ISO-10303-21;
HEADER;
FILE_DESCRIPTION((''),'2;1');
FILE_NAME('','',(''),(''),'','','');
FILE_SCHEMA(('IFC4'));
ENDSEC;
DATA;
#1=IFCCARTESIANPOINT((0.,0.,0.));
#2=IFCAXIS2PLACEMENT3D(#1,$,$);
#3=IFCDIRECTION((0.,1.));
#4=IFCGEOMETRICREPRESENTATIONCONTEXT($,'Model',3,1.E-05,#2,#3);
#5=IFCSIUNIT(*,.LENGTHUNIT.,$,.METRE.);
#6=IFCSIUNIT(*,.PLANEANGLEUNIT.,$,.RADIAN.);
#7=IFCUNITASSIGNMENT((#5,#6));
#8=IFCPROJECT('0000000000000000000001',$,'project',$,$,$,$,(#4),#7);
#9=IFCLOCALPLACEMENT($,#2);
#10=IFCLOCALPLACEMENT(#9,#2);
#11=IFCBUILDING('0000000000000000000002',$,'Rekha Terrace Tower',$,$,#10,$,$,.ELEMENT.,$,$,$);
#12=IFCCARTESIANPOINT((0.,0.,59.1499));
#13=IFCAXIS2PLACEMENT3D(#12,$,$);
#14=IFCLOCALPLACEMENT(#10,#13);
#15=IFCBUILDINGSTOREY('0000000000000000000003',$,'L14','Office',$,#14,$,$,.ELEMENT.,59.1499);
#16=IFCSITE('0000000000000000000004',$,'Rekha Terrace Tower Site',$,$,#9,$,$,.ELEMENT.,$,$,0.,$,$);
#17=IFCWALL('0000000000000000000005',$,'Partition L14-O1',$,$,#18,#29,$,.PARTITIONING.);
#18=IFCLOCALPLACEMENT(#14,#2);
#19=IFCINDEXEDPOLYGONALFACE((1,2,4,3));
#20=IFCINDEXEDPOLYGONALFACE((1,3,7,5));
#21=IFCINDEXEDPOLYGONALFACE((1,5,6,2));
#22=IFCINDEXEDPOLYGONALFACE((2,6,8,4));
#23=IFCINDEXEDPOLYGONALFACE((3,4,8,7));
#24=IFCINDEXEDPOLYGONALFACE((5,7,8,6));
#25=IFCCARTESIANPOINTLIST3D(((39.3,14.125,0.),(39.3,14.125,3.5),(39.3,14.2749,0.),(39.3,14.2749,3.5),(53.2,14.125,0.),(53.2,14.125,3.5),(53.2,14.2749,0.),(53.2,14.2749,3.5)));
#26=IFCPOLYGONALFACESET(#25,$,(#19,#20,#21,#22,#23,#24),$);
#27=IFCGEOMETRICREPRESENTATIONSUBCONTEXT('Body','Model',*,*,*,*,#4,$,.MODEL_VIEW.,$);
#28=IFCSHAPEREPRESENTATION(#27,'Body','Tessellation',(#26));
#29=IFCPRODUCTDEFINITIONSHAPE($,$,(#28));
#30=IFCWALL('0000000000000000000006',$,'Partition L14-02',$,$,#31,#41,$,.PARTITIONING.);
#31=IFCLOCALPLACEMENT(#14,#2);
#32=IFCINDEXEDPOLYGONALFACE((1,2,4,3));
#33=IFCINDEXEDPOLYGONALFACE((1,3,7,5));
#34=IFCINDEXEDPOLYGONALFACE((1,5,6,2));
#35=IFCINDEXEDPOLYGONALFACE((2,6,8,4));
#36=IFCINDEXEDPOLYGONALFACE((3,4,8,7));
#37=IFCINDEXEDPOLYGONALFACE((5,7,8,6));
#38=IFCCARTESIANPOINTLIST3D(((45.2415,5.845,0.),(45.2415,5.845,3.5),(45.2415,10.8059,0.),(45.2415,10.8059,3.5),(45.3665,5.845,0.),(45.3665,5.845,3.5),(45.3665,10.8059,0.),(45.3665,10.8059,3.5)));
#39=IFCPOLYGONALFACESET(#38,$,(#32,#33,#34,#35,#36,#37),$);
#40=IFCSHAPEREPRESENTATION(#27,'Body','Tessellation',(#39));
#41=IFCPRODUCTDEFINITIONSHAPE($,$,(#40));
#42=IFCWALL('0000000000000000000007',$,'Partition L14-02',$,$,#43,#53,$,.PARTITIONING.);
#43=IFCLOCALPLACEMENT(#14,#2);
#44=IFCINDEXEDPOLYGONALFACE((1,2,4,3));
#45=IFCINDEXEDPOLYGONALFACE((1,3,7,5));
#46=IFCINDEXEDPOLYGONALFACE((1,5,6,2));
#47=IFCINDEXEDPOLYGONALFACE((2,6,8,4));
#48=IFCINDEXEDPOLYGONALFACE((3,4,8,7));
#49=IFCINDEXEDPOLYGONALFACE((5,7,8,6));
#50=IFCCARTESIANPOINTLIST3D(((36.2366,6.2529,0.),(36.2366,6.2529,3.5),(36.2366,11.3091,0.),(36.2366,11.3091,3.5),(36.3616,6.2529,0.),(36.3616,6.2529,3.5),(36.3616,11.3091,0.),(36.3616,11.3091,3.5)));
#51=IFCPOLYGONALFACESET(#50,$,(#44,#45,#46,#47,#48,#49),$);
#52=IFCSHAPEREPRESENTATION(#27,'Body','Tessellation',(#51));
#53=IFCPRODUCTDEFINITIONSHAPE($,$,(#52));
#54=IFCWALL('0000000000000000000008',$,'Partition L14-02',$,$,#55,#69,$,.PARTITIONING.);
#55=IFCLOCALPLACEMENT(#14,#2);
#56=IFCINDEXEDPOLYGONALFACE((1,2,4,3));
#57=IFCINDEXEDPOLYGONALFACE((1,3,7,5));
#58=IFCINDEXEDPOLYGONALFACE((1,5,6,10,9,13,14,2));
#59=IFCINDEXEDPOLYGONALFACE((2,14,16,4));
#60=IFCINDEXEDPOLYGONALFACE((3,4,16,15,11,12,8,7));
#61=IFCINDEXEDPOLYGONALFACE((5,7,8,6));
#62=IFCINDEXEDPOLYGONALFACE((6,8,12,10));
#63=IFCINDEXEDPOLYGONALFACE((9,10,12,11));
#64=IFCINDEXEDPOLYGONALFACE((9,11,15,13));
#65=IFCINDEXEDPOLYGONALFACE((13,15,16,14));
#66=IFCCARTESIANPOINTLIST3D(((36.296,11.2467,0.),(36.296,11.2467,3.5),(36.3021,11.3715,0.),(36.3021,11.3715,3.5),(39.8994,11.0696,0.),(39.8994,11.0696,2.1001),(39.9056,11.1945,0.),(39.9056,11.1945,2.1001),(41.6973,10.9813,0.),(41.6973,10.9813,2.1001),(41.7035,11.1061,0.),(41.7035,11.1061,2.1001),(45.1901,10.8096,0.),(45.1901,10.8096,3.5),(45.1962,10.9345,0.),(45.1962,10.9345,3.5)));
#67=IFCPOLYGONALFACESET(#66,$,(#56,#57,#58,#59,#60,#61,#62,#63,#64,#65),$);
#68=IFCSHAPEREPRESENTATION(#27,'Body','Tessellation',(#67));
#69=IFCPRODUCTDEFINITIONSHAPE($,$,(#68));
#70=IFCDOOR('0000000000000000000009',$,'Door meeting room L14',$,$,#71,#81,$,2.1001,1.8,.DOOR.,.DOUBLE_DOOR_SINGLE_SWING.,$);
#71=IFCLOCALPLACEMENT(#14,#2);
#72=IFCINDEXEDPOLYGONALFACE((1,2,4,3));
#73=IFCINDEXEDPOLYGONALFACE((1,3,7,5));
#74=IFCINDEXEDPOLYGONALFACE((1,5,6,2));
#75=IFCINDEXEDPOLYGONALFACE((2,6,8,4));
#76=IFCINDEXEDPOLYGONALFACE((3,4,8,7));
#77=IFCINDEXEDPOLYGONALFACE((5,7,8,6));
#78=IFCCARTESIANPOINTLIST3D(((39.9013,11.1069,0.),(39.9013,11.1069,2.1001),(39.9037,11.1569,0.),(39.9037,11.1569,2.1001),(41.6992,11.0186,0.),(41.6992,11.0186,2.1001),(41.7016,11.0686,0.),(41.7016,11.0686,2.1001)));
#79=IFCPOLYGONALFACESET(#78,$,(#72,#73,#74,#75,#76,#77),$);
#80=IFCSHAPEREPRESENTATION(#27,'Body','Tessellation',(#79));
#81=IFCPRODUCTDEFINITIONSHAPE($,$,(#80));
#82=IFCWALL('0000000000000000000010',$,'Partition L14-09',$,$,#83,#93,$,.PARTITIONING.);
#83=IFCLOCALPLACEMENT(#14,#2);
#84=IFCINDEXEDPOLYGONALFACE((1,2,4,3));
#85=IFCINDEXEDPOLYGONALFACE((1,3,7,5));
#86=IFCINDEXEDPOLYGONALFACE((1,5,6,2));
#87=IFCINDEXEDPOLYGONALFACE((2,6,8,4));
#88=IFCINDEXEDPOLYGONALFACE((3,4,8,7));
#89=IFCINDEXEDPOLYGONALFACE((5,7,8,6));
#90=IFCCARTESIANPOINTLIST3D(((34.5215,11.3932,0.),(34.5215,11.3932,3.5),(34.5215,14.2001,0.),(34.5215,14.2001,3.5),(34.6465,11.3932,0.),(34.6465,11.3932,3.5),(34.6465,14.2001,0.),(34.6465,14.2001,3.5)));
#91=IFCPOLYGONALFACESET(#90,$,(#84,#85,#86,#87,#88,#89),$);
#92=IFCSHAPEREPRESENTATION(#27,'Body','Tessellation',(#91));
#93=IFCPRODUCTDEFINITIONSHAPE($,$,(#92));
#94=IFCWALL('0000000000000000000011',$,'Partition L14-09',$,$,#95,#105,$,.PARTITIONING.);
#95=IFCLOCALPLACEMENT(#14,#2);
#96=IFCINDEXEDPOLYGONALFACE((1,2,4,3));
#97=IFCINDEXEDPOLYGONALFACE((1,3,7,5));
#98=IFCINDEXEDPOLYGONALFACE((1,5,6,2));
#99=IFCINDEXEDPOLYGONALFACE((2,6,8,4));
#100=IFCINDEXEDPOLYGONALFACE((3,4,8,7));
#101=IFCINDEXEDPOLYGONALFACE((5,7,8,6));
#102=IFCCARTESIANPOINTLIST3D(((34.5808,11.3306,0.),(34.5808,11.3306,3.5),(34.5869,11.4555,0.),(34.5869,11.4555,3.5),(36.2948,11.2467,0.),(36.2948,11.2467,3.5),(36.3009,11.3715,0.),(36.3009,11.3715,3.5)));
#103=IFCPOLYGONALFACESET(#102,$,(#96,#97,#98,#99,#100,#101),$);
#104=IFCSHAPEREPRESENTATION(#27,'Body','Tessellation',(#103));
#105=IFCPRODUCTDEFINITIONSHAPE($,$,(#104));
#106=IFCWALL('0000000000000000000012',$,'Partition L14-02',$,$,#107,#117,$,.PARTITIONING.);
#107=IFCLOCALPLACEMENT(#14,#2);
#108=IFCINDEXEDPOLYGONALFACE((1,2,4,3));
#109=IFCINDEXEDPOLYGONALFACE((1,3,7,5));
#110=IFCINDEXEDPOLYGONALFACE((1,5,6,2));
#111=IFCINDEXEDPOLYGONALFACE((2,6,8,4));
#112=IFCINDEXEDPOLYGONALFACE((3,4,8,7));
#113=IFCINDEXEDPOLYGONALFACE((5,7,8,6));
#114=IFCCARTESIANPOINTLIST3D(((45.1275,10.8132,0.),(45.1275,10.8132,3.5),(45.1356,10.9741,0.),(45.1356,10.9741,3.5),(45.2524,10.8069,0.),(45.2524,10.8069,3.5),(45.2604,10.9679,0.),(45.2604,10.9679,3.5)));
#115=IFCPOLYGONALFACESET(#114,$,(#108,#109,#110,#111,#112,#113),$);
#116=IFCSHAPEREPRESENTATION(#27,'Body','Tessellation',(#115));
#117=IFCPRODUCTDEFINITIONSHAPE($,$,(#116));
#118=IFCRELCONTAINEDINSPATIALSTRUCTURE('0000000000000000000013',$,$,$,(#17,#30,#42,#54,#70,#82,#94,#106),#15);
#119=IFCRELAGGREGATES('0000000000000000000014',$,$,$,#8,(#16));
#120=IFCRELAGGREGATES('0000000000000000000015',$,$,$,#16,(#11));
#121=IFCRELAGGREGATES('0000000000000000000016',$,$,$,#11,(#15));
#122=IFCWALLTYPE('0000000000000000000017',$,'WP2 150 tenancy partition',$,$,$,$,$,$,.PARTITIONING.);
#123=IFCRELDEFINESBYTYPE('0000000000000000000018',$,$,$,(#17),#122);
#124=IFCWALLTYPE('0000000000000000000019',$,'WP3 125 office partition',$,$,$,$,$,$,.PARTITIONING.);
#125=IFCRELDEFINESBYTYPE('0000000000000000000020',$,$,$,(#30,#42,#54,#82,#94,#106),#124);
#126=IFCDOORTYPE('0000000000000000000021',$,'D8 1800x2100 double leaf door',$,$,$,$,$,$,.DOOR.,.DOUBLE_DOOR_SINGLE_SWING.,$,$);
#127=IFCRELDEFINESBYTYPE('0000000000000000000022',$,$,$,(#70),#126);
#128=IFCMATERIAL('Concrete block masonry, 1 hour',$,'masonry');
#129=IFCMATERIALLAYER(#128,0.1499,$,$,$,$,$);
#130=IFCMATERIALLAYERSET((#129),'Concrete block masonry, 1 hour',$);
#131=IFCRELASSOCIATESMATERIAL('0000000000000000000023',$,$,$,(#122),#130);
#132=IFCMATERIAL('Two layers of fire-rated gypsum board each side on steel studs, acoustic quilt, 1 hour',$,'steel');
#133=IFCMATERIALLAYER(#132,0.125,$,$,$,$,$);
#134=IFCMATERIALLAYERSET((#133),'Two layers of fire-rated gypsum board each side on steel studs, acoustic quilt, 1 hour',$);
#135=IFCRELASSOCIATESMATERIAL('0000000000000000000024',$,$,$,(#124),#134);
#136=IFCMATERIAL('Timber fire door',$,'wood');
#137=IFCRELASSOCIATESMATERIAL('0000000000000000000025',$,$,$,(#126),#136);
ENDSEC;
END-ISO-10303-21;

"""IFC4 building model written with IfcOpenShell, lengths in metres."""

from ifc_helpers import new_model, si_unit, direction, frame, frame_2d, origin, place, context, subcontext, project, spatial, rectangle, extrude, material, layer, layer_set, type_object, element, fill, save


model = new_model("IFC4")

# Units and contexts
model_context = context("Model", 3, precision=1e-05, world=origin(), true_north=direction((0.0, 1.0)))
body_context = subcontext(model_context, "Body", "Model", "MODEL_VIEW")
ifc_project = project(units=[si_unit("LENGTHUNIT", "METRE"), si_unit("PLANEANGLEUNIT", "RADIAN")], contexts=[model_context])

# Site, building, storey
site_placement = place(None, origin())
site = spatial("IfcSite", under=ifc_project, at=site_placement, Name="Rekha Terrace Tower Site", CompositionType="ELEMENT", RefElevation=0.0)
building_placement = place(site_placement, origin())
building = spatial("IfcBuilding", under=site, at=building_placement, Name="Rekha Terrace Tower", CompositionType="ELEMENT")
storey_placement = place(building_placement, frame((0.0, 0.0, 59.1499)))
storey = spatial("IfcBuildingStorey", under=building, at=storey_placement, Name="L14", Description="Office", CompositionType="ELEMENT", Elevation=59.1499)

# Shared definitions
ifc_material_1 = material(Name="Concrete block masonry, 1 hour", Category="masonry")
ifc_layer_1 = layer(ifc_material_1, 0.1499)
ifc_layer_set_1 = layer_set([ifc_layer_1], Name="Concrete block masonry, 1 hour")
wall_type_1 = type_object("IfcWallType", Name="WP2 150 tenancy partition", PredefinedType="PARTITIONING", material=ifc_layer_set_1)

# Walls
wall_1_placement = place(storey_placement, frame((39.3, 14.2, 0.0), z_axis=(0.0, 0.0, 1.0), x_axis=(1.0, 0.0, 0.0)))
element("IfcWall", 1, at=wall_1_placement, inside=storey, type_object=wall_type_1, Name="Partition L14-O1", PredefinedType="PARTITIONING", context=body_context, shape_type="SweptSolid", body=[
    extrude(rectangle(XDim=13.8999, YDim=0.1499, at=frame_2d((6.95, 0.0))), origin(), (0.0, 0.0, 1.0), 3.5),
])
ifc_material_2 = material(Name="Two layers of fire-rated gypsum board each side on steel studs, acoustic quilt, 1 hour", Category="steel")
ifc_layer_2 = layer(ifc_material_2, 0.125)
ifc_layer_set_2 = layer_set([ifc_layer_2], Name="Two layers of fire-rated gypsum board each side on steel studs, acoustic quilt, 1 hour")
wall_type_2 = type_object("IfcWallType", Name="WP3 125 office partition", PredefinedType="PARTITIONING", material=ifc_layer_set_2)
wall_2_placement = place(storey_placement, frame((45.304, 10.8059, 0.0), z_axis=(0.0, 0.0, 1.0), x_axis=(0.0, -1.0, 0.0)))
element("IfcWall", 2, at=wall_2_placement, inside=storey, type_object=wall_type_2, Name="Partition L14-02", PredefinedType="PARTITIONING", context=body_context, shape_type="SweptSolid", body=[
    extrude(rectangle(XDim=4.9609, YDim=0.125, at=frame_2d((2.4805, 0.0))), origin(), (0.0, 0.0, 1.0), 3.5),
])
wall_3_placement = place(storey_placement, frame((36.2991, 6.2529, 0.0), z_axis=(0.0, 0.0, 1.0), x_axis=(0.0, 1.0, 0.0)))
element("IfcWall", 3, at=wall_3_placement, inside=storey, type_object=wall_type_2, Name="Partition L14-02", PredefinedType="PARTITIONING", context=body_context, shape_type="SweptSolid", body=[
    extrude(rectangle(XDim=5.0562, YDim=0.125, at=frame_2d((2.5281, 0.0))), origin(), (0.0, 0.0, 1.0), 3.5),
])

# Wall, opening, door
wall_4_placement = place(storey_placement, frame((36.2991, 11.3091, 0.0), z_axis=(0.0, 0.0, 1.0), x_axis=(0.998795, -0.049076, 0.0)))
wall_4 = element("IfcWall", 4, at=wall_4_placement, inside=storey, type_object=wall_type_2, Name="Partition L14-02", PredefinedType="PARTITIONING", context=body_context, shape_type="SweptSolid", body=[
    extrude(rectangle(XDim=8.9048, YDim=0.125, at=frame_2d((4.4524, 0.0))), origin(), (0.0, 0.0, 1.0), 3.5),
])
opening_1_placement = place(wall_4_placement, frame((3.6079, 0.0, 0.0)))
opening_1 = element("IfcOpeningElement", 5, at=opening_1_placement, cuts=wall_4, PredefinedType="OPENING", context=body_context, shape_type="SweptSolid", body=[
    extrude(rectangle(XDim=1.8, YDim=2.1001, at=frame_2d((0.8999, 1.05))), frame((0.0, 0.0725, 0.0), z_axis=(0.0, -1.0, 0.0), x_axis=(1.0, 0.0, 0.0)), (0.0, 0.0, 1.0), 0.145),
])
ifc_material_3 = material(Name="Timber fire door", Category="wood")
door_type_1 = type_object("IfcDoorType", Name="D8 1800x2100 double leaf door", OperationType="DOUBLE_DOOR_SINGLE_SWING", PredefinedType="DOOR", material=ifc_material_3)
door_1_placement = place(opening_1_placement, origin())
door_1 = element("IfcDoor", 6, at=door_1_placement, inside=storey, type_object=door_type_1, Name="Door meeting room L14", OperationType="DOUBLE_DOOR_SINGLE_SWING", OverallHeight=2.1001, OverallWidth=1.8, PredefinedType="DOOR", context=body_context, shape_type="SweptSolid", body=[
    extrude(rectangle(XDim=1.8, YDim=2.1001, at=frame_2d((0.8999, 1.05))), frame((0.0, 0.0249, 0.0), z_axis=(0.0, -1.0, 0.0), x_axis=(1.0, 0.0, 0.0)), (0.0, 0.0, 1.0), 0.05),
])
fill(opening_1, door_1)

# Walls
wall_5_placement = place(storey_placement, frame((34.584, 14.2, 0.0), z_axis=(0.0, 0.0, 1.0), x_axis=(0.0, -1.0, 0.0)))
element("IfcWall", 7, at=wall_5_placement, inside=storey, type_object=wall_type_2, Name="Partition L14-09", PredefinedType="PARTITIONING", context=body_context, shape_type="SweptSolid", body=[
    extrude(rectangle(XDim=2.8069, YDim=0.125, at=frame_2d((1.4033, 0.0))), origin(), (0.0, 0.0, 1.0), 3.5),
])
wall_6_placement = place(storey_placement, frame((34.584, 11.3931, 0.0), z_axis=(0.0, 0.0, 1.0), x_axis=(0.998802, -0.048937, 0.0)))
element("IfcWall", 8, at=wall_6_placement, inside=storey, type_object=wall_type_2, Name="Partition L14-09", PredefinedType="PARTITIONING", context=body_context, shape_type="SweptSolid", body=[
    extrude(rectangle(XDim=1.7161, YDim=0.125, at=frame_2d((0.8579, 0.0))), origin(), (0.0, 0.0, 1.0), 3.5),
])
wall_7_placement = place(storey_placement, frame((45.1899, 10.8101, 0.0), z_axis=(0.0, 0.0, 1.0), x_axis=(0.050013, 0.998749, 0.0)))
element("IfcWall", 9, at=wall_7_placement, inside=storey, type_object=wall_type_2, Name="Partition L14-02", PredefinedType="PARTITIONING", context=body_context, shape_type="SweptSolid", body=[
    extrude(rectangle(XDim=0.1611, YDim=0.125, at=frame_2d((0.0806, 0.0))), origin(), (0.0, 0.0, 1.0), 3.5),
])

save(model, "model.ifc")
